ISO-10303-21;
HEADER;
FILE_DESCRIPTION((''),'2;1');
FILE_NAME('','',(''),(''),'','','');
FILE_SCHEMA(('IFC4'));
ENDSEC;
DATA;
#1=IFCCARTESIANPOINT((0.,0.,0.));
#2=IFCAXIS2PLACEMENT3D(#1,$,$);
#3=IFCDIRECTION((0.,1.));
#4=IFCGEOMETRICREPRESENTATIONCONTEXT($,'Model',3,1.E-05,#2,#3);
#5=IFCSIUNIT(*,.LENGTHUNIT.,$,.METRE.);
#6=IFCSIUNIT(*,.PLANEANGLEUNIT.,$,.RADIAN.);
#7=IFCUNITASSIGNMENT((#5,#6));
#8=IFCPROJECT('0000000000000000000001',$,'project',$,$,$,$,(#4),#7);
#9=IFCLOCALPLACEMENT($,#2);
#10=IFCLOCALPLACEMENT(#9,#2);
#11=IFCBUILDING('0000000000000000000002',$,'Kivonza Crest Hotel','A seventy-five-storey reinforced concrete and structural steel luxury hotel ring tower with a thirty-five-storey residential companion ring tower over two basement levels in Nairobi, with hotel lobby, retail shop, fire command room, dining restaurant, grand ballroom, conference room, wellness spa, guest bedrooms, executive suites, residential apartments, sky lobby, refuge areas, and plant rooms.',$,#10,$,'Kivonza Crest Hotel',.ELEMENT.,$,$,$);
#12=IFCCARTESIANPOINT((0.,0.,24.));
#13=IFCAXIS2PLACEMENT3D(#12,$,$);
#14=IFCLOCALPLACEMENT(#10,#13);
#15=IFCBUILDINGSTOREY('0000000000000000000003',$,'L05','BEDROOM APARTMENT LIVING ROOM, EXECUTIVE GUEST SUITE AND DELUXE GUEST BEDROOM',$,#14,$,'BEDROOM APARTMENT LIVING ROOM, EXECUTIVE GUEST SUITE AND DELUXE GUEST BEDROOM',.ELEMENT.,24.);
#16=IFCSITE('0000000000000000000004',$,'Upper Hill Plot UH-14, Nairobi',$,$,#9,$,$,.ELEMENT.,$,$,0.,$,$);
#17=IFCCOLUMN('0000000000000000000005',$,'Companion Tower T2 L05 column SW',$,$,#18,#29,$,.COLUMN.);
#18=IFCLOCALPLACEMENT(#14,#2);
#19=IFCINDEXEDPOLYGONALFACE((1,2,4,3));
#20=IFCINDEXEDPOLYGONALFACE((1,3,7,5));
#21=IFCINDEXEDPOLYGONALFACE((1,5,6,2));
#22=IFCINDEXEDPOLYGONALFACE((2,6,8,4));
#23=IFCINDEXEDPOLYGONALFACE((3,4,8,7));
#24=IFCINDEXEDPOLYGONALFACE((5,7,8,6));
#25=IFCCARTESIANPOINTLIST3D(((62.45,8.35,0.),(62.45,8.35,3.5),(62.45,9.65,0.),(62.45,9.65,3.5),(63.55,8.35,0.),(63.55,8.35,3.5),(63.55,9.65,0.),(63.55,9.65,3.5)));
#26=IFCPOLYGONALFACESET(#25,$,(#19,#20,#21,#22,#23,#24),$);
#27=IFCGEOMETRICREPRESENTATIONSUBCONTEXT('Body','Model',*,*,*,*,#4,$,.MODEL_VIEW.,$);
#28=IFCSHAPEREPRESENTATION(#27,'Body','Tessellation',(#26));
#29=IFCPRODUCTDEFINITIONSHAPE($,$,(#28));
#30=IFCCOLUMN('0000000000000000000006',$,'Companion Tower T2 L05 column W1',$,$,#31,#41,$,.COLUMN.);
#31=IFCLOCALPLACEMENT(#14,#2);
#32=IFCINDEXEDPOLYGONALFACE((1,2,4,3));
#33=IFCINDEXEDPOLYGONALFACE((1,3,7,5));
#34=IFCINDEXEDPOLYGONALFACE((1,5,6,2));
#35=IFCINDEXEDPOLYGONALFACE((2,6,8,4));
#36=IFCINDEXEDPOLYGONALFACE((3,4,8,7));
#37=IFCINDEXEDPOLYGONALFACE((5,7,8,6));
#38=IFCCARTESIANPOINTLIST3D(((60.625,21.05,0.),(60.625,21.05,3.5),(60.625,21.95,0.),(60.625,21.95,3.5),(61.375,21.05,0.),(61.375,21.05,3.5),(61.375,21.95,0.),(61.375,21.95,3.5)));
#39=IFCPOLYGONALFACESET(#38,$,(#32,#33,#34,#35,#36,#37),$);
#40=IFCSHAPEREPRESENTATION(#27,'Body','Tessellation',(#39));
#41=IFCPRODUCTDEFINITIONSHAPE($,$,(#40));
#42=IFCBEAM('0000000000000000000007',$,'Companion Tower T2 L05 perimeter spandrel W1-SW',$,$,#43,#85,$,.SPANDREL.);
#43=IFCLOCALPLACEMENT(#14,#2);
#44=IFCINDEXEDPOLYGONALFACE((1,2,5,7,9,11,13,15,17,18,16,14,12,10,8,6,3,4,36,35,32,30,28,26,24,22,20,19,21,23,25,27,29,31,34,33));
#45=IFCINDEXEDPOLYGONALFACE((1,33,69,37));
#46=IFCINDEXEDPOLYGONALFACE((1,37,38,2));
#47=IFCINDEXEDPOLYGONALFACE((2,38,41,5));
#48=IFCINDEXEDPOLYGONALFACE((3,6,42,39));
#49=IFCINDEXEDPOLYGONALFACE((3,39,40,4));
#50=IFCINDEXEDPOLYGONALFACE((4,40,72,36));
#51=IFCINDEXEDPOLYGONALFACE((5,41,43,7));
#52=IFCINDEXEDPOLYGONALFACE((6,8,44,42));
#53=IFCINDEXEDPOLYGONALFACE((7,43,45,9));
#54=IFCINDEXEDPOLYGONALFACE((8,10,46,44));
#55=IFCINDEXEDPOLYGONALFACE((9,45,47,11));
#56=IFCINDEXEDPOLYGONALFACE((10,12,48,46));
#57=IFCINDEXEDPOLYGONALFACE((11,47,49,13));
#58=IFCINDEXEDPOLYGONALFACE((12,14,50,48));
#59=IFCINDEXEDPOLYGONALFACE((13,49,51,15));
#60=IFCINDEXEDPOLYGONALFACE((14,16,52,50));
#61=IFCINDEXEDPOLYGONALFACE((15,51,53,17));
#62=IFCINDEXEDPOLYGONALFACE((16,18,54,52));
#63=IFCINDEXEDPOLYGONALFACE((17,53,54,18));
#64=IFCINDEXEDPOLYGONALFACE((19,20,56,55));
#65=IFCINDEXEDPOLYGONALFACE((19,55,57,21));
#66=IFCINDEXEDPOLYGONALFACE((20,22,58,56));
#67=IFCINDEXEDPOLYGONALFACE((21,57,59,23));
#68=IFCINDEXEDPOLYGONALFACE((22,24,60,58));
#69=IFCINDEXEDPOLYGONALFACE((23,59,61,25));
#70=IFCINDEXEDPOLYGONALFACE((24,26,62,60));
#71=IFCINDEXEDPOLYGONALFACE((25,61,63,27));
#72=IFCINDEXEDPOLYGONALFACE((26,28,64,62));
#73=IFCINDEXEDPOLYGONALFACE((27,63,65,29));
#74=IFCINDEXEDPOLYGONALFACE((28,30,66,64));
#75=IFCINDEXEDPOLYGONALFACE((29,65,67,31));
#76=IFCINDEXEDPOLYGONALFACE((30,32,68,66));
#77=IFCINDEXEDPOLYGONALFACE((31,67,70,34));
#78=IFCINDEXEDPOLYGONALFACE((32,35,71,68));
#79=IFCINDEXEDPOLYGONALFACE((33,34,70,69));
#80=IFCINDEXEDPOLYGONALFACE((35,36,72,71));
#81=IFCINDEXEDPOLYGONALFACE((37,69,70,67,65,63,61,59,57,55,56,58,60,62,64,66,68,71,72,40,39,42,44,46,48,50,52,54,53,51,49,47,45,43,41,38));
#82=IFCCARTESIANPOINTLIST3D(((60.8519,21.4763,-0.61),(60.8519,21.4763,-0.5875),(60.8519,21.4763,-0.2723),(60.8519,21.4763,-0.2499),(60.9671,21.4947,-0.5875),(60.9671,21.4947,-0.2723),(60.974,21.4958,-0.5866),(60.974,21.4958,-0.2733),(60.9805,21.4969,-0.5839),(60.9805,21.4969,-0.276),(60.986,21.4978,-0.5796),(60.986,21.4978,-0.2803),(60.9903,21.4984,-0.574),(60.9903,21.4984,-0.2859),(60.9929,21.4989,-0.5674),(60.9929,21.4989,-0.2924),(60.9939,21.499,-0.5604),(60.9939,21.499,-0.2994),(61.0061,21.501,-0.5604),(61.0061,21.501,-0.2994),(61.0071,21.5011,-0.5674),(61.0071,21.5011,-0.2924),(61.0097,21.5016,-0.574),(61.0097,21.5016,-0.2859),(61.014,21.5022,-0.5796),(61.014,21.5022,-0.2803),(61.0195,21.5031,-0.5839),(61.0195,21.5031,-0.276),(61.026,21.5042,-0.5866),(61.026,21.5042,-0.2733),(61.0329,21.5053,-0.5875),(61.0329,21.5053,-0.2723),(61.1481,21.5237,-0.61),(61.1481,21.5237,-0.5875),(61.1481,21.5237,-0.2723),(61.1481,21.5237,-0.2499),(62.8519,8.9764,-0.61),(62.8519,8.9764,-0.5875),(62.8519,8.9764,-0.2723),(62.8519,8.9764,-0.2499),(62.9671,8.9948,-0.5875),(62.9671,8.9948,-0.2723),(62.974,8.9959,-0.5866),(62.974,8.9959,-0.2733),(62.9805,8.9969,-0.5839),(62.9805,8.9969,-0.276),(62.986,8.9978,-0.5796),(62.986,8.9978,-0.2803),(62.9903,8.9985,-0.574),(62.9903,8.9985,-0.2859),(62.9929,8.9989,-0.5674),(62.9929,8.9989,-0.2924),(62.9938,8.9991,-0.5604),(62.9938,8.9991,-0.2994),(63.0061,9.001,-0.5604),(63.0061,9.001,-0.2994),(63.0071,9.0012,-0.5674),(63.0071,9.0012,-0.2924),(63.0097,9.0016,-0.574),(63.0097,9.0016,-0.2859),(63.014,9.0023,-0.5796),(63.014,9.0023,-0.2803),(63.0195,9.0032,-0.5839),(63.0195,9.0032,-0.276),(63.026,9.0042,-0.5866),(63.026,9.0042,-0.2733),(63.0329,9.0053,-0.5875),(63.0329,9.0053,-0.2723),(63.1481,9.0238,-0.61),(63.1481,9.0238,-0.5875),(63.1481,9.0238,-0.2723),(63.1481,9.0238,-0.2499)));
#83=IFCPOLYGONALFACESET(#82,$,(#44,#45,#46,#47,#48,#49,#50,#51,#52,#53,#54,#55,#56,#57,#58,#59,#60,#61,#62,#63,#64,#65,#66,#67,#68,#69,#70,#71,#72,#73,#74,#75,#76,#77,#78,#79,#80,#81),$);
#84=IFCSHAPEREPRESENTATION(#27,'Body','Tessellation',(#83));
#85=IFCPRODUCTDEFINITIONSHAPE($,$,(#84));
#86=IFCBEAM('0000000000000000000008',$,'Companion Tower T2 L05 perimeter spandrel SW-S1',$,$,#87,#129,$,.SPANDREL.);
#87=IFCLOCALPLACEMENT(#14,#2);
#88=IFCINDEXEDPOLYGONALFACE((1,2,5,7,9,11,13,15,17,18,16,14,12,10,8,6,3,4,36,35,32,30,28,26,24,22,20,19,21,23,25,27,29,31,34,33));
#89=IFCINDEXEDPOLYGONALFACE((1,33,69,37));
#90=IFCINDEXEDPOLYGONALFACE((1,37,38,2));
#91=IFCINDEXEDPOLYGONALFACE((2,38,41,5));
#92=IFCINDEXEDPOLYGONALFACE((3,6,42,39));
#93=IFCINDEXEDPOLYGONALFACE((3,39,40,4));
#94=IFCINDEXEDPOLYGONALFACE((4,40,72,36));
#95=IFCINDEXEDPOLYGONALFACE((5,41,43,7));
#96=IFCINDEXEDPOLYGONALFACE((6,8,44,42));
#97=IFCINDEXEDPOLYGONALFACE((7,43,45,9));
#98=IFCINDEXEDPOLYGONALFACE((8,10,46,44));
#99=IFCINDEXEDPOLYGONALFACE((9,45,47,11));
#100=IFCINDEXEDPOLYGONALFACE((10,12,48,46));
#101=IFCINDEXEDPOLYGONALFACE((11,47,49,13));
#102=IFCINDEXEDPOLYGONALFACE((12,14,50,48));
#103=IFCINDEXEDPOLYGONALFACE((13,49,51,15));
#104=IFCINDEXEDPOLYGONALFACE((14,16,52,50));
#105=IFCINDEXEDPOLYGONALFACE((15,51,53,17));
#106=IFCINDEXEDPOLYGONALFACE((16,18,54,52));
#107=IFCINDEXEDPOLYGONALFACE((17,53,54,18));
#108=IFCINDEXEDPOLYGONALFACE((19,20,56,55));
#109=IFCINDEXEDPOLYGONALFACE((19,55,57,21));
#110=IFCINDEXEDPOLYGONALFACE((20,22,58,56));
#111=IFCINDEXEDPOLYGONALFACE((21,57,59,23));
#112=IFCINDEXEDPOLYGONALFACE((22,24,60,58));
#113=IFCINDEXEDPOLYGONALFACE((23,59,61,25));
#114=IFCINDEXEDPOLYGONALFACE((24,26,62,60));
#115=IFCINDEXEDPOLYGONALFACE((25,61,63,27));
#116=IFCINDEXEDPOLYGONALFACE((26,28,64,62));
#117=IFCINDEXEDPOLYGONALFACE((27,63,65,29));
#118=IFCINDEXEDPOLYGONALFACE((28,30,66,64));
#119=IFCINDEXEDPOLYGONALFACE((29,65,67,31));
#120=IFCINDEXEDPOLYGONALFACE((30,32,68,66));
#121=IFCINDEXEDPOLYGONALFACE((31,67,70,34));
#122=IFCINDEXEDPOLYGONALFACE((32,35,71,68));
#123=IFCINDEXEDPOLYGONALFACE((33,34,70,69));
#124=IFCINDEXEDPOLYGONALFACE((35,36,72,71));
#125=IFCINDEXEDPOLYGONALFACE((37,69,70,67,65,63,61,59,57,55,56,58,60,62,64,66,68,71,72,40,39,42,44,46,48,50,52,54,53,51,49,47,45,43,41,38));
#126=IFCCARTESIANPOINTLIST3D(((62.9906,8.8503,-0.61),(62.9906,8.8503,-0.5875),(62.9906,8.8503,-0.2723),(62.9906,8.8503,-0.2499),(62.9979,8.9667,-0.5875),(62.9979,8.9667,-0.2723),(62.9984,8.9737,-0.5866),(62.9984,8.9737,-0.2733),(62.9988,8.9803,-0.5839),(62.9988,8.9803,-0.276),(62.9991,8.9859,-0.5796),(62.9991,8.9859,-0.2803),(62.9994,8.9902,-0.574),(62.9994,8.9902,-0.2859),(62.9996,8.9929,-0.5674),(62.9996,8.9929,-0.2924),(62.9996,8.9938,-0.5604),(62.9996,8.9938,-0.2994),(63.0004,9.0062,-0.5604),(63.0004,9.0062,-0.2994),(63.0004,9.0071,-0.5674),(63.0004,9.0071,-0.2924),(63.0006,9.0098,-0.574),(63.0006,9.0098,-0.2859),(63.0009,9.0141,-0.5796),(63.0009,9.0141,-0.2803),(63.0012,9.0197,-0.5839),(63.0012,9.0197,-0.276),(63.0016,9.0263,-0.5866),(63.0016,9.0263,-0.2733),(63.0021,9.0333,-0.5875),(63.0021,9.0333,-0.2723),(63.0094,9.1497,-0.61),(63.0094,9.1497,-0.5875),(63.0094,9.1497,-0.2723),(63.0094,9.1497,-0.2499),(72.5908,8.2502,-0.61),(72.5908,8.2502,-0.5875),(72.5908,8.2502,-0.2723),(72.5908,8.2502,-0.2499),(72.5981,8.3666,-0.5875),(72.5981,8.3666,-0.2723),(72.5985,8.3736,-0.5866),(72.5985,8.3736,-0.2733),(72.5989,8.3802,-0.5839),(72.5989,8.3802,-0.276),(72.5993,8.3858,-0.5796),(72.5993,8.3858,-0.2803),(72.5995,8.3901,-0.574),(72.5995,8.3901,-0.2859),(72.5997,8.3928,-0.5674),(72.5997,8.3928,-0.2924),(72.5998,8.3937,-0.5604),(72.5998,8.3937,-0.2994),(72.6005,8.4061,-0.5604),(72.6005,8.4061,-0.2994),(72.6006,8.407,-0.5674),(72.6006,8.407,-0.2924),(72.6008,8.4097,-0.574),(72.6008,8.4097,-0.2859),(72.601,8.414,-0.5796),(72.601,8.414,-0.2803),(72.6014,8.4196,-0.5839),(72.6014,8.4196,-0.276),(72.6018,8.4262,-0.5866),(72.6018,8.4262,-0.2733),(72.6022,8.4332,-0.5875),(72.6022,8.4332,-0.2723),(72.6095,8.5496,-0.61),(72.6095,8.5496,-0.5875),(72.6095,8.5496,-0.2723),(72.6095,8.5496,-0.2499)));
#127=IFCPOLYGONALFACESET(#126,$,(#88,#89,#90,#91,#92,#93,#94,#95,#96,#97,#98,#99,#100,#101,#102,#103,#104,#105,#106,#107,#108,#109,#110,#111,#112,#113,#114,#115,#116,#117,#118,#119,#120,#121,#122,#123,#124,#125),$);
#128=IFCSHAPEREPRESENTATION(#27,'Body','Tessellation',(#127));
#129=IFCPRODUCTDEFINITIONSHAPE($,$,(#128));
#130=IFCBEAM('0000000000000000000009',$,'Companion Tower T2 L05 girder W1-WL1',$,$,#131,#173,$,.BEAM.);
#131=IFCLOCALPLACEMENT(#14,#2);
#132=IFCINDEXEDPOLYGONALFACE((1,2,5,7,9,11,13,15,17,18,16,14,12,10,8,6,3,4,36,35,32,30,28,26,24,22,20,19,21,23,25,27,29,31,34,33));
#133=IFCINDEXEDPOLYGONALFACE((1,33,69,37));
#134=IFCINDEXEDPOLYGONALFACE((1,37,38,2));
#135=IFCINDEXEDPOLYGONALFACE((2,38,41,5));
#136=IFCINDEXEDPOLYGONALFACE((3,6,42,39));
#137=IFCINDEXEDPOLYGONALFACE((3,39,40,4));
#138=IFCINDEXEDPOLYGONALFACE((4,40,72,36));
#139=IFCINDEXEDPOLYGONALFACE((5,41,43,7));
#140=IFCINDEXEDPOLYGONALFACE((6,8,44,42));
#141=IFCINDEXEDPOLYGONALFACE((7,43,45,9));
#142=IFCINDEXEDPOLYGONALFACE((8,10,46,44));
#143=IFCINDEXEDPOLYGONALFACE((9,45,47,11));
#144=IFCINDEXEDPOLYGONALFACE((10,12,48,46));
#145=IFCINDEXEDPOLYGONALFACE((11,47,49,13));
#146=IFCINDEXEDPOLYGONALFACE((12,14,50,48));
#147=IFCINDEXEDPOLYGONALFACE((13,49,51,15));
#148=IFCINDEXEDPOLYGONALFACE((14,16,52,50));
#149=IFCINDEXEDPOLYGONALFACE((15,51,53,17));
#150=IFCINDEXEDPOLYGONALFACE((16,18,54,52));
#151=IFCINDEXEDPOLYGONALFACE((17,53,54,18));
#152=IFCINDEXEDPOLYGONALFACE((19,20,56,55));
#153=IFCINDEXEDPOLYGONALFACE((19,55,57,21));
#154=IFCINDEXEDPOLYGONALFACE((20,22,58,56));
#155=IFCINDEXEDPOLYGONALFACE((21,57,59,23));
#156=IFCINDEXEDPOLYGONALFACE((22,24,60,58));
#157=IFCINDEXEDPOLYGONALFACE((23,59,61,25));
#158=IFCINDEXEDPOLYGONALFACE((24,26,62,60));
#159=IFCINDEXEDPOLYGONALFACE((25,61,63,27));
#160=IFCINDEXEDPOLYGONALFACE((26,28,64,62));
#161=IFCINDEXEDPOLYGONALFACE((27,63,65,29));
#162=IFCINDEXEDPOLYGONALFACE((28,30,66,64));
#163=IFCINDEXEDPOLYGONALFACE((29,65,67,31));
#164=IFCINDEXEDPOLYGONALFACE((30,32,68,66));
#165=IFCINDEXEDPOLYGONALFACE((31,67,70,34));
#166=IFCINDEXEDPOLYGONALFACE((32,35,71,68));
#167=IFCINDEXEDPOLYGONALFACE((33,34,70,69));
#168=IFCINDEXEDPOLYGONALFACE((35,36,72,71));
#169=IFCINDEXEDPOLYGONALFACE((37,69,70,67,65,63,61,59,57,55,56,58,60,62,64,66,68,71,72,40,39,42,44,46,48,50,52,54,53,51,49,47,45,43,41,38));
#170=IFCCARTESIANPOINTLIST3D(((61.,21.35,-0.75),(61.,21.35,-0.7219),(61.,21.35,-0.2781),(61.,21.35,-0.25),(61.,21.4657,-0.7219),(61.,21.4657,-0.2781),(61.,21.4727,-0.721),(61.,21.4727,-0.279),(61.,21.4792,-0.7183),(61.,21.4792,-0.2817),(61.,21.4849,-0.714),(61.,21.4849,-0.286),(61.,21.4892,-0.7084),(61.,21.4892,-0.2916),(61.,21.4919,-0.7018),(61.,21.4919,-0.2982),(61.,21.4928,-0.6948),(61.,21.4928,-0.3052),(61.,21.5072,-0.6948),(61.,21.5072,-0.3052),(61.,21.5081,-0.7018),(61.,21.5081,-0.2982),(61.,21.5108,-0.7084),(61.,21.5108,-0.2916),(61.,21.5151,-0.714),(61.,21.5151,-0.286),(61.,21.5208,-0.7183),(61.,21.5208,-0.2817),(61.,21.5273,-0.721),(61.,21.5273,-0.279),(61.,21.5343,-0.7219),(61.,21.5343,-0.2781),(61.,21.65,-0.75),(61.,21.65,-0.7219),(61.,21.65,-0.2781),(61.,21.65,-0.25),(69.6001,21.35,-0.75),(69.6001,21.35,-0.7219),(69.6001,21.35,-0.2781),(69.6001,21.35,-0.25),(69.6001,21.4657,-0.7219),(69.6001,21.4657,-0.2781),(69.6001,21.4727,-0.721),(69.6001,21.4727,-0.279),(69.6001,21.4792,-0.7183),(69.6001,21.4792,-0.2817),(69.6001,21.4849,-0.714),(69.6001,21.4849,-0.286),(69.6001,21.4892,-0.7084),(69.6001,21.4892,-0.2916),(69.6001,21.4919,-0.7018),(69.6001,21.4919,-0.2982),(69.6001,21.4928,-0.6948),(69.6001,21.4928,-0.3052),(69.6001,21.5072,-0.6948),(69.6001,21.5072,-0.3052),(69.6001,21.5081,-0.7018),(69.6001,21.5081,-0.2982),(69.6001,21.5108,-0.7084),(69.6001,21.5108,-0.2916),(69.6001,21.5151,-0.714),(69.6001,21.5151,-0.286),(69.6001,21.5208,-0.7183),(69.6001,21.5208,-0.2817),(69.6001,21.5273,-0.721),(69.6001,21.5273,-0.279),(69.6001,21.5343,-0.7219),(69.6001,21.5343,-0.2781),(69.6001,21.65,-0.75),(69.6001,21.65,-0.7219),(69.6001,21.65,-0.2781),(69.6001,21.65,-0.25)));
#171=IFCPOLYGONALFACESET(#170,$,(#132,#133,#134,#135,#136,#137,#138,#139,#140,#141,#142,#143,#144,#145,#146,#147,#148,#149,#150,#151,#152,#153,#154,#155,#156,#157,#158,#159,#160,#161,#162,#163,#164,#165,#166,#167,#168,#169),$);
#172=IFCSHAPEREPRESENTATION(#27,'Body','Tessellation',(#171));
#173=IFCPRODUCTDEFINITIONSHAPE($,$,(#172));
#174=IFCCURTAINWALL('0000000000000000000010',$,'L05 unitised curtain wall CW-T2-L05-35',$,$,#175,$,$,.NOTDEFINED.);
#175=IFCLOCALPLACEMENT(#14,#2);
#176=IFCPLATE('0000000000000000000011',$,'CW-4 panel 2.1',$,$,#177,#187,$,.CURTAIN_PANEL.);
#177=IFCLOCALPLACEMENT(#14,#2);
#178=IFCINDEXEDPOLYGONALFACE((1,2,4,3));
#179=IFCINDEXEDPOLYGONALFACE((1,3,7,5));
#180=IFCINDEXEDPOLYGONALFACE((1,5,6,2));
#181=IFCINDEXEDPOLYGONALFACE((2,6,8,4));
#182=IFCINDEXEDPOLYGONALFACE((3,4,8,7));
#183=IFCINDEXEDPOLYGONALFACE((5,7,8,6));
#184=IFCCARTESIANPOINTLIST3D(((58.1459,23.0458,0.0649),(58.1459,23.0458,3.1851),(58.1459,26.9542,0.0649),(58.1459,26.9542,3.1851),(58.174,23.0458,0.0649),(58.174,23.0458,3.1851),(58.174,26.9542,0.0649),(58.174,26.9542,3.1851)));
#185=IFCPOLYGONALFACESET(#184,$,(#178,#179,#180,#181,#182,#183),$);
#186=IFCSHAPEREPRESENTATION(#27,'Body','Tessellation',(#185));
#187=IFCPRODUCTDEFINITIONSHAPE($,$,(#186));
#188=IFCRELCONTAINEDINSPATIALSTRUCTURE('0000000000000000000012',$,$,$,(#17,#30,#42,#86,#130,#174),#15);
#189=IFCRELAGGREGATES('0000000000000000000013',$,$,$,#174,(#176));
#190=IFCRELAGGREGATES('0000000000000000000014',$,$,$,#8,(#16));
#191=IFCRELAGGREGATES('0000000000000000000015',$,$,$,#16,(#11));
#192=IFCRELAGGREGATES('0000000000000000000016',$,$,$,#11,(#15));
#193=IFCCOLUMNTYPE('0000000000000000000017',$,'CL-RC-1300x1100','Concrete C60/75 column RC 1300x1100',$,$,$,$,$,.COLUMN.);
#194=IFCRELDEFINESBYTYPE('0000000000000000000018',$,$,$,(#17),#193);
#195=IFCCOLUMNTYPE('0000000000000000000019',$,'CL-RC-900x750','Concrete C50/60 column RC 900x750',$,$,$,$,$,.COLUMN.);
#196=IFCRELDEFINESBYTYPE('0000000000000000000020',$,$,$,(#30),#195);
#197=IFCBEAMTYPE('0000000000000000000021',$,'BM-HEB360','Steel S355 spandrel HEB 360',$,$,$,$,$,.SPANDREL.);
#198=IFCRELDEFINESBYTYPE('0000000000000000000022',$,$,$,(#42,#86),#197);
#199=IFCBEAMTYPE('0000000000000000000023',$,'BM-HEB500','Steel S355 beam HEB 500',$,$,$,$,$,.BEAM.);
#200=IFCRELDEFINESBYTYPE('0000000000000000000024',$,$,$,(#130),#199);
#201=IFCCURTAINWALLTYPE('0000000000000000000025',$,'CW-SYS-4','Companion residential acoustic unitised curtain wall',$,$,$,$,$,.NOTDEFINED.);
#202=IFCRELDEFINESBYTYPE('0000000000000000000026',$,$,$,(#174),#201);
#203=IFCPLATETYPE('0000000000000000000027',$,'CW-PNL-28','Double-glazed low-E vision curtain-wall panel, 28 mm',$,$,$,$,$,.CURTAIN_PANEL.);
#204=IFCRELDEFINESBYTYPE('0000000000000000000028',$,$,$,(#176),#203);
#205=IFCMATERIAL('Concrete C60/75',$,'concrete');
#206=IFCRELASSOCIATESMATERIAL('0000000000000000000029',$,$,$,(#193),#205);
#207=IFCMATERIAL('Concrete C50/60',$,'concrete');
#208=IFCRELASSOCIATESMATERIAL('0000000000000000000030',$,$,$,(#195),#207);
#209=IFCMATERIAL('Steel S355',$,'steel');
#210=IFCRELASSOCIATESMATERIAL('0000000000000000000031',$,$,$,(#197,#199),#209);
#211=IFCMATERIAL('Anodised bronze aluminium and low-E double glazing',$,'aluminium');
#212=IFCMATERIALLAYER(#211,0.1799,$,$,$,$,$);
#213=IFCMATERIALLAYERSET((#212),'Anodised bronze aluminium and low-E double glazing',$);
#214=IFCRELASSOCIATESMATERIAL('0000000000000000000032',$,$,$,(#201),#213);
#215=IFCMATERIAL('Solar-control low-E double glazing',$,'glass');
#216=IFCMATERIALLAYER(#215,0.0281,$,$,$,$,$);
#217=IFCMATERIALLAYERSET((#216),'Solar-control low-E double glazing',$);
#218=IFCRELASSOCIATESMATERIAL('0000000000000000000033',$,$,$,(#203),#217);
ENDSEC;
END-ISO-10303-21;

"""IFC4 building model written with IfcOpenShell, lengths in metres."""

from ifc_helpers import new_model, si_unit, direction, frame, origin, origin_2d, place, context, subcontext, project, spatial, rectangle, i_section, extrude, material, layer, layer_set, material_profile, profile_set, type_object, element, aggregate, save


model = new_model("IFC4")

# Units and contexts
model_context = context("Model", 3, precision=1e-05, world=origin(), true_north=direction((0.0, 1.0)))
body_context = subcontext(model_context, "Body", "Model", "MODEL_VIEW")
ifc_project = project(units=[si_unit("LENGTHUNIT", "METRE"), si_unit("PLANEANGLEUNIT", "RADIAN")], contexts=[model_context])

# Site, building, storey
site_placement = place(None, origin())
site = spatial("IfcSite", under=ifc_project, at=site_placement, Name="Upper Hill Plot UH-14, Nairobi", CompositionType="ELEMENT", RefElevation=0.0)
building_placement = place(site_placement, origin())
building = spatial("IfcBuilding", under=site, at=building_placement, Name="Kivonza Crest Hotel", Description="A seventy-five-storey reinforced concrete and structural steel luxury hotel ring tower with a thirty-five-storey residential companion ring tower over two basement levels in Nairobi, with hotel lobby, retail shop, fire command room, dining restaurant, grand ballroom, conference room, wellness spa, guest bedrooms, executive suites, residential apartments, sky lobby, refuge areas, and plant rooms.", LongName="Kivonza Crest Hotel", CompositionType="ELEMENT")
storey_placement = place(building_placement, frame((0.0, 0.0, 24.0)))
storey = spatial("IfcBuildingStorey", under=building, at=storey_placement, Name="L05", Description="BEDROOM APARTMENT LIVING ROOM, EXECUTIVE GUEST SUITE AND DELUXE GUEST BEDROOM", LongName="BEDROOM APARTMENT LIVING ROOM, EXECUTIVE GUEST SUITE AND DELUXE GUEST BEDROOM", CompositionType="ELEMENT", Elevation=24.0)

# Columns
ifc_material_1 = material(Name="Concrete C60/75", Category="concrete")
ifc_material_profile_1 = material_profile(ifc_material_1, rectangle(XDim=1.1001, YDim=1.3, at=origin_2d()), Name="RC 1300x1100")
ifc_profile_set_1 = profile_set([ifc_material_profile_1], Name="Concrete C60/75")
column_type_1 = type_object("IfcColumnType", Name="CL-RC-1300x1100", Description="Concrete C60/75 column RC 1300x1100", PredefinedType="COLUMN", material=ifc_profile_set_1)
column_1_placement = place(storey_placement, frame((63.0, 9.0, 0.0), z_axis=(0.0, 0.0, 1.0), x_axis=(1.0, 0.0, 0.0)))
element("IfcColumn", 1, at=column_1_placement, inside=storey, type_object=column_type_1, Name="Companion Tower T2 L05 column SW", PredefinedType="COLUMN", context=body_context, shape_type="SweptSolid", body=[
    extrude(rectangle(XDim=1.1001, YDim=1.3, at=origin_2d()), origin(), (0.0, 0.0, 1.0), 3.5),
])
ifc_material_2 = material(Name="Concrete C50/60", Category="concrete")
ifc_material_profile_2 = material_profile(ifc_material_2, rectangle(XDim=0.75, YDim=0.8999, at=origin_2d()), Name="RC 900x750")
ifc_profile_set_2 = profile_set([ifc_material_profile_2], Name="Concrete C50/60")
column_type_2 = type_object("IfcColumnType", Name="CL-RC-900x750", Description="Concrete C50/60 column RC 900x750", PredefinedType="COLUMN", material=ifc_profile_set_2)
column_2_placement = place(storey_placement, frame((61.0, 21.5, 0.0), z_axis=(0.0, 0.0, 1.0), x_axis=(1.0, 0.0, 0.0)))
element("IfcColumn", 2, at=column_2_placement, inside=storey, type_object=column_type_2, Name="Companion Tower T2 L05 column W1", PredefinedType="COLUMN", context=body_context, shape_type="SweptSolid", body=[
    extrude(rectangle(XDim=0.75, YDim=0.8999, at=origin_2d()), origin(), (0.0, 0.0, 1.0), 3.5),
])

# Beams
ifc_material_3 = material(Name="Steel S355", Category="steel")
ifc_material_profile_3 = material_profile(ifc_material_3, i_section(OverallWidth=0.3, OverallDepth=0.3601, WebThickness=0.0125, FlangeThickness=0.0225, FilletRadius=0.0271, at=origin_2d()), Name="HEB 360")
ifc_profile_set_3 = profile_set([ifc_material_profile_3], Name="Steel S355")
beam_type_1 = type_object("IfcBeamType", Name="BM-HEB360", Description="Steel S355 spandrel HEB 360", PredefinedType="SPANDREL", material=ifc_profile_set_3)
beam_1_placement = place(storey_placement, frame((61.0, 21.5, -0.4299), z_axis=(0.157991, -0.987441, 0.0), x_axis=(0.987441, 0.157991, 0.0)))
element("IfcBeam", 3, at=beam_1_placement, inside=storey, type_object=beam_type_1, Name="Companion Tower T2 L05 perimeter spandrel W1-SW", PredefinedType="SPANDREL", context=body_context, shape_type="SweptSolid", body=[
    extrude(i_section(OverallWidth=0.3, OverallDepth=0.3601, WebThickness=0.0125, FlangeThickness=0.0225, FilletRadius=0.0271, at=origin_2d()), origin(), (0.0, 0.0, 1.0), 12.6589),
])
beam_2_placement = place(storey_placement, frame((63.0, 9.0, -0.4299), z_axis=(0.998052, -0.062388, 0.0), x_axis=(0.062388, 0.998052, 0.0)))
element("IfcBeam", 4, at=beam_2_placement, inside=storey, type_object=beam_type_1, Name="Companion Tower T2 L05 perimeter spandrel SW-S1", PredefinedType="SPANDREL", context=body_context, shape_type="SweptSolid", body=[
    extrude(i_section(OverallWidth=0.3, OverallDepth=0.3601, WebThickness=0.0125, FlangeThickness=0.0225, FilletRadius=0.0271, at=origin_2d()), origin(), (0.0, 0.0, 1.0), 9.6189),
])
ifc_material_profile_4 = material_profile(ifc_material_3, i_section(OverallWidth=0.3, OverallDepth=0.5, WebThickness=0.0144, FlangeThickness=0.0281, FilletRadius=0.0271, at=origin_2d()), Name="HEB 500")
ifc_profile_set_4 = profile_set([ifc_material_profile_4], Name="Steel S355")
beam_type_2 = type_object("IfcBeamType", Name="BM-HEB500", Description="Steel S355 beam HEB 500", PredefinedType="BEAM", material=ifc_profile_set_4)
beam_3_placement = place(storey_placement, frame((61.0, 21.5, -0.5), z_axis=(1.0, 0.0, 0.0), x_axis=(0.0, 1.0, 0.0)))
element("IfcBeam", 5, at=beam_3_placement, inside=storey, type_object=beam_type_2, Name="Companion Tower T2 L05 girder W1-WL1", PredefinedType="BEAM", context=body_context, shape_type="SweptSolid", body=[
    extrude(i_section(OverallWidth=0.3, OverallDepth=0.5, WebThickness=0.0144, FlangeThickness=0.0281, FilletRadius=0.0271, at=origin_2d()), origin(), (0.0, 0.0, 1.0), 8.6001),
])

# Curtain wall, plate
ifc_material_4 = material(Name="Anodised bronze aluminium and low-E double glazing", Category="aluminium")
ifc_layer_1 = layer(ifc_material_4, 0.1799)
ifc_layer_set_1 = layer_set([ifc_layer_1], Name="Anodised bronze aluminium and low-E double glazing")
curtain_wall_type = type_object("IfcCurtainWallType", Name="CW-SYS-4", Description="Companion residential acoustic unitised curtain wall", PredefinedType="NOTDEFINED", material=ifc_layer_set_1)
curtain_wall_placement = place(storey_placement, origin())
curtain_wall = element("IfcCurtainWall", 6, at=curtain_wall_placement, inside=storey, type_object=curtain_wall_type, Name="L05 unitised curtain wall CW-T2-L05-35", PredefinedType="NOTDEFINED")
ifc_material_5 = material(Name="Solar-control low-E double glazing", Category="glass")
ifc_layer_2 = layer(ifc_material_5, 0.0281)
ifc_layer_set_2 = layer_set([ifc_layer_2], Name="Solar-control low-E double glazing")
plate_type = type_object("IfcPlateType", Name="CW-PNL-28", Description="Double-glazed low-E vision curtain-wall panel, 28 mm", PredefinedType="CURTAIN_PANEL", material=ifc_layer_set_2)
plate_placement = place(storey_placement, frame((58.1599, 25.0, 0.0649), z_axis=(0.0, 0.0, 1.0), x_axis=(0.0, -1.0, 0.0)))
plate = element("IfcPlate", 7, at=plate_placement, type_object=plate_type, Name="CW-4 panel 2.1", PredefinedType="CURTAIN_PANEL", context=body_context, shape_type="SweptSolid", body=[
    extrude(rectangle(XDim=3.9084, YDim=0.0281, at=origin_2d()), origin(), (0.0, 0.0, 1.0), 3.1201),
])
aggregate(curtain_wall, [plate])

save(model, "model.ifc")
